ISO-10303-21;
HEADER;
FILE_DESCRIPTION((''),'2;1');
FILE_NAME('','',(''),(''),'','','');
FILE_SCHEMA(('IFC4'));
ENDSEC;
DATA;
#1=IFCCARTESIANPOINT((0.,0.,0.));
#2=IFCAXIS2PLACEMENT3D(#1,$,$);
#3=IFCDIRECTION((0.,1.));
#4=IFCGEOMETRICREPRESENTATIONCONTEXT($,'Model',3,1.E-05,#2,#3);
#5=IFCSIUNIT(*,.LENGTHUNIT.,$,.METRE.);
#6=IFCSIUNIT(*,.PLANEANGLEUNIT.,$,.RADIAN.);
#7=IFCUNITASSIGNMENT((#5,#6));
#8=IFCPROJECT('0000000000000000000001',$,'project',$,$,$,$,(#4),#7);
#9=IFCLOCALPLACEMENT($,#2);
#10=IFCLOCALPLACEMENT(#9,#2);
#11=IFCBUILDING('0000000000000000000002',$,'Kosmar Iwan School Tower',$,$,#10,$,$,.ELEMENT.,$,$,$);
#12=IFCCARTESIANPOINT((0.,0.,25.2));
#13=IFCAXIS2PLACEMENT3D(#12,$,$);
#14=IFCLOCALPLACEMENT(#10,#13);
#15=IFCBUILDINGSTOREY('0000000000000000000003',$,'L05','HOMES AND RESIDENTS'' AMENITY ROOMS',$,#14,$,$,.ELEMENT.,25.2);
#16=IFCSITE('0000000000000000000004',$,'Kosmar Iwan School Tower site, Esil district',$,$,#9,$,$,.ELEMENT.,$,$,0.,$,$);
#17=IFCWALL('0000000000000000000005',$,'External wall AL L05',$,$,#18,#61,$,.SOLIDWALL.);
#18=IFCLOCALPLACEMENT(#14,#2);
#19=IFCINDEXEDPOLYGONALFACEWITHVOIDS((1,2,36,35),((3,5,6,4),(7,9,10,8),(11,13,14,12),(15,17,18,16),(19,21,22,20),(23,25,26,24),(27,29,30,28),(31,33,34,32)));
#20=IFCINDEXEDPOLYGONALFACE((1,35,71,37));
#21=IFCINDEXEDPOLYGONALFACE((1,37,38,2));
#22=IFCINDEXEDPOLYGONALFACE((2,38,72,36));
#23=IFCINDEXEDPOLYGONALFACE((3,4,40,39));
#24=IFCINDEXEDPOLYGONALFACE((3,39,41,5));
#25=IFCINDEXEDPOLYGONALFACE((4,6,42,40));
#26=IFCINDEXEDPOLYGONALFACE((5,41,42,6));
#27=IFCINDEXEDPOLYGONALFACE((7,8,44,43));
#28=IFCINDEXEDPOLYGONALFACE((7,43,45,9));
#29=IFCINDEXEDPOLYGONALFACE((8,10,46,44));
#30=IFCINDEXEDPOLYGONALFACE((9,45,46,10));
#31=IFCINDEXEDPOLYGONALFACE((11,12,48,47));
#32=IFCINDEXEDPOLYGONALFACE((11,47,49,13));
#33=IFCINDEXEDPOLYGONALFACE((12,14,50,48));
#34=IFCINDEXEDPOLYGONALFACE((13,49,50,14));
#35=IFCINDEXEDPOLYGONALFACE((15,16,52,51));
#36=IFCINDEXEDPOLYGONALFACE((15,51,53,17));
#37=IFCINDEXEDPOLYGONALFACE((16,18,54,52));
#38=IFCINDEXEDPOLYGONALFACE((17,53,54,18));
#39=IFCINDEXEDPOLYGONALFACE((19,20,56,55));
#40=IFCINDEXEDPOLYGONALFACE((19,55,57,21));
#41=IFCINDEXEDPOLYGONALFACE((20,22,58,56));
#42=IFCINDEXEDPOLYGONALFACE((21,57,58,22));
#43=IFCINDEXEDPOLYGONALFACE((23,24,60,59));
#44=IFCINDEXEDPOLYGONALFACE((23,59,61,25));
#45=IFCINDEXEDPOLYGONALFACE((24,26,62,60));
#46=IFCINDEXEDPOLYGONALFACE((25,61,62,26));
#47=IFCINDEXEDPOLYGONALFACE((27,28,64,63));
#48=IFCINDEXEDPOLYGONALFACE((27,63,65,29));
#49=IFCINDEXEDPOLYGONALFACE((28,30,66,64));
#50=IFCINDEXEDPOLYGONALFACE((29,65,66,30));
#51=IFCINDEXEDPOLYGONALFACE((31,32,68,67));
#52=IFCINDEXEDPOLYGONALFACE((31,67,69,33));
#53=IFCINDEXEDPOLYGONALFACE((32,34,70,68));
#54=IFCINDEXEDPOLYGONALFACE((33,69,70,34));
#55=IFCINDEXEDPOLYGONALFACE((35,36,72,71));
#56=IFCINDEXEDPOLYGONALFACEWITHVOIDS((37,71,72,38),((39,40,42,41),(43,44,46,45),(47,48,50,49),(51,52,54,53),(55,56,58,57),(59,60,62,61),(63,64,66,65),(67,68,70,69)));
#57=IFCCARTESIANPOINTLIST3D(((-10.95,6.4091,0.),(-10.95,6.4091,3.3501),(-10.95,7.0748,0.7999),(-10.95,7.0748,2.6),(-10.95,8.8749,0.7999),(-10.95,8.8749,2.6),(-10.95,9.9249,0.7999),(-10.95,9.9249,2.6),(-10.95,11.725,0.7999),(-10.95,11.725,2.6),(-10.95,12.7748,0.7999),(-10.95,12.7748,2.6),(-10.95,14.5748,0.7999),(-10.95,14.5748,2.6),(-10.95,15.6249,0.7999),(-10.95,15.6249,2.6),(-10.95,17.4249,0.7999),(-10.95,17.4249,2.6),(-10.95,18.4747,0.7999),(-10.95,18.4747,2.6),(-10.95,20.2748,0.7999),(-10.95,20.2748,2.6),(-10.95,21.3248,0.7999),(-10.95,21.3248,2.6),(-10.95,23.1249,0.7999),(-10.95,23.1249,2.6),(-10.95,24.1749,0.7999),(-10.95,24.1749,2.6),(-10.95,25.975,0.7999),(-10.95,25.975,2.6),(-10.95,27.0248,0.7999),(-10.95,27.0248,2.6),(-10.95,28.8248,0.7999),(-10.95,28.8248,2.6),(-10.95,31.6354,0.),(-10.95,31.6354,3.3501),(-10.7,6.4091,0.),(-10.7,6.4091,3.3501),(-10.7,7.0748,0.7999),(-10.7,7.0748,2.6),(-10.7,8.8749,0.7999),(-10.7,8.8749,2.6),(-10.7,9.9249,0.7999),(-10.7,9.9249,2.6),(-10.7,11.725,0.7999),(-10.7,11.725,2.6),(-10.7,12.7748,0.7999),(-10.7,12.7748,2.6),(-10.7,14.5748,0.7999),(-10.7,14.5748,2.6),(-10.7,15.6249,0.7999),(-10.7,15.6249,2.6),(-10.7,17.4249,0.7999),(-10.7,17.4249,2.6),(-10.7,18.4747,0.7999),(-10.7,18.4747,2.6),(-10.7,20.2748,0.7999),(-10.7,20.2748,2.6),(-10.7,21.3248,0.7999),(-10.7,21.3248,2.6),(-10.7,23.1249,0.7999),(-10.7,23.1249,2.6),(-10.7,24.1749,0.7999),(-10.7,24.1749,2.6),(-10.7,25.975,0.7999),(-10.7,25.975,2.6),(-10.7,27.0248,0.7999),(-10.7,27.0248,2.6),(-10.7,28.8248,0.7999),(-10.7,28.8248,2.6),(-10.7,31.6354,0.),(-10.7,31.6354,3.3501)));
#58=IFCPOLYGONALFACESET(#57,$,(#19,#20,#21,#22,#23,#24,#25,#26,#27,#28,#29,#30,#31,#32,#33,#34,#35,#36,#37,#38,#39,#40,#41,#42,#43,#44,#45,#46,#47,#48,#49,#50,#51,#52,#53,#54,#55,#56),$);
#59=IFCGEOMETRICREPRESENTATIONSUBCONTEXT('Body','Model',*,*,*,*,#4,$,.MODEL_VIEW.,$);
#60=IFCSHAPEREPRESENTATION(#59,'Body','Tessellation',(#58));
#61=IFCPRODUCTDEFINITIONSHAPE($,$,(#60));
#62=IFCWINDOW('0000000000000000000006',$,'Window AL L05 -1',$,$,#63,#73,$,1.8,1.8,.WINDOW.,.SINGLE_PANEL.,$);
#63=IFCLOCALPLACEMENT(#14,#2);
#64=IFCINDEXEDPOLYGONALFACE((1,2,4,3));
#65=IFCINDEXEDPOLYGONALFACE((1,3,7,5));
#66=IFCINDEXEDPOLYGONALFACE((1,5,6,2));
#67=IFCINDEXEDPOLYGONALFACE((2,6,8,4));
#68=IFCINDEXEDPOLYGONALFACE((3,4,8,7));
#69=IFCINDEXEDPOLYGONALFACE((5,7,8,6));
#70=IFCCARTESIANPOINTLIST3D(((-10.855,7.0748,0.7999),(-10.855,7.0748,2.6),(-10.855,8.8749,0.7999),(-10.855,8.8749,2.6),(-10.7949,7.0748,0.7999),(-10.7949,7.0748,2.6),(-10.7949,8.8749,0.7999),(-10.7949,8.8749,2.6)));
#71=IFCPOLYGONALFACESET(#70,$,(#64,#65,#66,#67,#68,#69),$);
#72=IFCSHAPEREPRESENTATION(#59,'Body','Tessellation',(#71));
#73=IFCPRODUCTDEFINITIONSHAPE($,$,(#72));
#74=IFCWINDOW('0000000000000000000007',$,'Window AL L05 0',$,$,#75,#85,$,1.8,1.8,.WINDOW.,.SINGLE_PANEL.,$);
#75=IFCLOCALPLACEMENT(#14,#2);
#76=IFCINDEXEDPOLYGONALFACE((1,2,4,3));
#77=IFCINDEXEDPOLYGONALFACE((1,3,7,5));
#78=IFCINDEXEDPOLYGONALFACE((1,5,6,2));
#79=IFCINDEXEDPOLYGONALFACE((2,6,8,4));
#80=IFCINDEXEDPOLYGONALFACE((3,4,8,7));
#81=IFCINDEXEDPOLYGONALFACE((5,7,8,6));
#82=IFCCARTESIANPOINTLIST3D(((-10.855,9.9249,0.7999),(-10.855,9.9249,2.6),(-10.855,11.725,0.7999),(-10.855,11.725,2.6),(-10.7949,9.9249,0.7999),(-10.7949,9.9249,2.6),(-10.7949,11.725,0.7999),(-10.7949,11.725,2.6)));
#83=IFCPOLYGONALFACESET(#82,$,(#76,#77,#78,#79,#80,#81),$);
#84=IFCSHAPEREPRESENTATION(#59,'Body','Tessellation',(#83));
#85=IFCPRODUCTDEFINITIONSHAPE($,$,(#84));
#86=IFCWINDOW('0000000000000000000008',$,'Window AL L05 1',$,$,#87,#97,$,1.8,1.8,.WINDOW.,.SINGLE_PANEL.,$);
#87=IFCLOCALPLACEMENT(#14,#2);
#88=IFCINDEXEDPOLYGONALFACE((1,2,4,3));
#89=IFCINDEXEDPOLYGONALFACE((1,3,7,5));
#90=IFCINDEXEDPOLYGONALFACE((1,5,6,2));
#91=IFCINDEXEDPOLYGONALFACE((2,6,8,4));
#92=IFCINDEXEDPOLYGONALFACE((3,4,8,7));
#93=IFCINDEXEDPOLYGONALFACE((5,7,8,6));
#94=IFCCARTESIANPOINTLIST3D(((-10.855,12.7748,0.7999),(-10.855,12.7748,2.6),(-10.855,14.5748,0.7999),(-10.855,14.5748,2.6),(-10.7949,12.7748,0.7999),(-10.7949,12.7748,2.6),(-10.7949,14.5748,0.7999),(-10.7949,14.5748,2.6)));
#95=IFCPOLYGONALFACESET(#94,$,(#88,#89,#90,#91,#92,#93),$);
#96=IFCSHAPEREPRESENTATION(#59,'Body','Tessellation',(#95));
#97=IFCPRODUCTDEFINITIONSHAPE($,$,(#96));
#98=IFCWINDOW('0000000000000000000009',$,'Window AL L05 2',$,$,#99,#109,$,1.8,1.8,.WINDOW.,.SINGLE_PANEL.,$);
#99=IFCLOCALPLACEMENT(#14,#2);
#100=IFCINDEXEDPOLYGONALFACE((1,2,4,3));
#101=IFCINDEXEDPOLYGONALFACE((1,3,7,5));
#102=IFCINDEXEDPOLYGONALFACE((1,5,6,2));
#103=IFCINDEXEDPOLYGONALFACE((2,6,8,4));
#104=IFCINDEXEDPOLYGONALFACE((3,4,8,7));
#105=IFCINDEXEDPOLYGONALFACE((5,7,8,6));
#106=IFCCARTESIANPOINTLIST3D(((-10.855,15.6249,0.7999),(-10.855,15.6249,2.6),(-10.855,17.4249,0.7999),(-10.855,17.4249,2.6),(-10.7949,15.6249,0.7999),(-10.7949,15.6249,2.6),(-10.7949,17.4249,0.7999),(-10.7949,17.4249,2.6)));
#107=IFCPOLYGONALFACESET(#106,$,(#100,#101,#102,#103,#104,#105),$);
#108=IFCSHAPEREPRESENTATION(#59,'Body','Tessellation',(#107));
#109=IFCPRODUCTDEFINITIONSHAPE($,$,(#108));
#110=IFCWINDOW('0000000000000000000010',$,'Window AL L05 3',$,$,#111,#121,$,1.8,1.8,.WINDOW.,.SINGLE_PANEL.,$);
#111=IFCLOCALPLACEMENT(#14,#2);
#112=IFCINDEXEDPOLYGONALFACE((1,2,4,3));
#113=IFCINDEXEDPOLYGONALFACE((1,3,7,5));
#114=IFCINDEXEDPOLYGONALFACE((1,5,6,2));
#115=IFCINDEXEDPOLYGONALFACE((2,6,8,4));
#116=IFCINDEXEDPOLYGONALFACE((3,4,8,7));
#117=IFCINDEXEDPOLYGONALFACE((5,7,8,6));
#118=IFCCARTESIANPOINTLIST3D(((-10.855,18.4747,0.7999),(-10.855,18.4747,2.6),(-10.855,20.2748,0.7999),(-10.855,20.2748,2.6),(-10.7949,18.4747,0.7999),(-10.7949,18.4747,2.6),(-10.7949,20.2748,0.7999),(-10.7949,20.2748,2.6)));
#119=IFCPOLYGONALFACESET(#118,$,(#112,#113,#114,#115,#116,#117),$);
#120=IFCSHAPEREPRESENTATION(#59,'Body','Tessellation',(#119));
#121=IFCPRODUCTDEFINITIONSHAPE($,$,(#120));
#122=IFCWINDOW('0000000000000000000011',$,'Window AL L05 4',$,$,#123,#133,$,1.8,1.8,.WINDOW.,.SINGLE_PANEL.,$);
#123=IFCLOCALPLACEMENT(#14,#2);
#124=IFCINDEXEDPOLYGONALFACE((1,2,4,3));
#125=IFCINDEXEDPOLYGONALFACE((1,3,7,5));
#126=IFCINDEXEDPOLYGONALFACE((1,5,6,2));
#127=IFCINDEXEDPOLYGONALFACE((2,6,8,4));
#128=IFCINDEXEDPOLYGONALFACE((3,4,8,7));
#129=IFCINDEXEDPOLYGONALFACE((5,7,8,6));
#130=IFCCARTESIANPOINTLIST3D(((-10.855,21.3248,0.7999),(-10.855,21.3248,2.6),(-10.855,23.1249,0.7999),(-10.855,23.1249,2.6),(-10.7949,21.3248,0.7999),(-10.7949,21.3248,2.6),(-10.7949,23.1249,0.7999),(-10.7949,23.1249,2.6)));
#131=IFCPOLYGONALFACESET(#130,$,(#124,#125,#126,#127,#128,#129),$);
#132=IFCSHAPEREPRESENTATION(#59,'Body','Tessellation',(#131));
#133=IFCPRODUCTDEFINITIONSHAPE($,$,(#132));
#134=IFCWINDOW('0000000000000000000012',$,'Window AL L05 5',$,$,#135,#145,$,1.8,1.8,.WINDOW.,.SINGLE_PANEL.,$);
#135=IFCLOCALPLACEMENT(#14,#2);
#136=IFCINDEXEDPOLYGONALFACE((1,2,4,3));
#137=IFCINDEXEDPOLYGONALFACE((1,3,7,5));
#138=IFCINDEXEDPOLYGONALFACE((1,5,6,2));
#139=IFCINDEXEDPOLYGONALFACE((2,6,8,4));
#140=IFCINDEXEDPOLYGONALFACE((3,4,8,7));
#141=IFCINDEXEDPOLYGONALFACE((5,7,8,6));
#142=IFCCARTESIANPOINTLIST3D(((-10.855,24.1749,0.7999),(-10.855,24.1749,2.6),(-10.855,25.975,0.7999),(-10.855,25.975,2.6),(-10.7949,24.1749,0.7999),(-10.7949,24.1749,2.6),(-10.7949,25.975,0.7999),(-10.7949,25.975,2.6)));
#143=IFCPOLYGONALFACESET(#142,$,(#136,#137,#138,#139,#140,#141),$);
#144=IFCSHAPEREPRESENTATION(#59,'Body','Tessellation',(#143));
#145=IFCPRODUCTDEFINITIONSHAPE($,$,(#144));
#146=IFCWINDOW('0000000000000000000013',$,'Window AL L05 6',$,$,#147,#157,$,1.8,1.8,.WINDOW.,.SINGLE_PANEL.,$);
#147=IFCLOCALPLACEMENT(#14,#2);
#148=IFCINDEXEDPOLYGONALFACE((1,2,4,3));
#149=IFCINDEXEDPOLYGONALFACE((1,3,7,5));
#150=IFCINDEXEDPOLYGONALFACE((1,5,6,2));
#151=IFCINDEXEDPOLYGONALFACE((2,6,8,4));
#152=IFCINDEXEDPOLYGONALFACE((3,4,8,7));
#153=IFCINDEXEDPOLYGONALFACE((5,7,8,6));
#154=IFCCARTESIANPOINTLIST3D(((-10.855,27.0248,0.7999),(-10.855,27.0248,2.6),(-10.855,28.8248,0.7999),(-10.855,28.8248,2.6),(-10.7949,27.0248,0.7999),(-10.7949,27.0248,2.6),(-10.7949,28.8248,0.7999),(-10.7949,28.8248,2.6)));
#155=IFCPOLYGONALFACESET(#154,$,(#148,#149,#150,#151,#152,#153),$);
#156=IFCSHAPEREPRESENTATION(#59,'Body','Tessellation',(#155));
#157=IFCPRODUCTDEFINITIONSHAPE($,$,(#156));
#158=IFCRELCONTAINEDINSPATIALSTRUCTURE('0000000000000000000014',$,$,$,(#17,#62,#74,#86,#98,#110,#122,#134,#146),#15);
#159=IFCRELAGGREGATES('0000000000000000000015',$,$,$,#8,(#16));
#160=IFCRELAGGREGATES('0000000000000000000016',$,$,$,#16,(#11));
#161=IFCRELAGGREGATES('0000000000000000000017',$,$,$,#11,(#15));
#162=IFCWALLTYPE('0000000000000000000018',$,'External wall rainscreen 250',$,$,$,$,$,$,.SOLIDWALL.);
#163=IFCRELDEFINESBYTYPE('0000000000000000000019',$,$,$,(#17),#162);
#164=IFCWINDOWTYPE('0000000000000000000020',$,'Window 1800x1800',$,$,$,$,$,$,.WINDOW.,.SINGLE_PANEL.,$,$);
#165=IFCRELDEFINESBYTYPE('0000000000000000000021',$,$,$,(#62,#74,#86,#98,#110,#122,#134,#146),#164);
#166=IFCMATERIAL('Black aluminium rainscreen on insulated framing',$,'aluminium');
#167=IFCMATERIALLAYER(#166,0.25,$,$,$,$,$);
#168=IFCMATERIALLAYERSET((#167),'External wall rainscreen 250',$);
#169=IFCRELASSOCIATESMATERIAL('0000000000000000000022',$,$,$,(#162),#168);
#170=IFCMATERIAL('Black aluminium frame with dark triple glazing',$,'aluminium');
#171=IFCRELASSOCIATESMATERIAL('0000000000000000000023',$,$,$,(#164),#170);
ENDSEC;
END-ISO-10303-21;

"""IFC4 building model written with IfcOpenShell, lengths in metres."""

from ifc_helpers import new_model, si_unit, direction, frame, frame_2d, origin, place, context, subcontext, project, spatial, rectangle, extrude, material, layer, layer_set, type_object, element, fill, save


model = new_model("IFC4")

# Units and contexts
model_context = context("Model", 3, precision=1e-05, world=origin(), true_north=direction((0.0, 1.0)))
body_context = subcontext(model_context, "Body", "Model", "MODEL_VIEW")
ifc_project = project(units=[si_unit("LENGTHUNIT", "METRE"), si_unit("PLANEANGLEUNIT", "RADIAN")], contexts=[model_context])

# Site, building, storey
site_placement = place(None, origin())
site = spatial("IfcSite", under=ifc_project, at=site_placement, Name="Kosmar Iwan School Tower site, Esil district", CompositionType="ELEMENT", RefElevation=0.0)
building_placement = place(site_placement, origin())
building = spatial("IfcBuilding", under=site, at=building_placement, Name="Kosmar Iwan School Tower", CompositionType="ELEMENT")
storey_placement = place(building_placement, frame((0.0, 0.0, 25.2)))
storey = spatial("IfcBuildingStorey", under=building, at=storey_placement, Name="L05", Description="HOMES AND RESIDENTS' AMENITY ROOMS", CompositionType="ELEMENT", Elevation=25.2)

# Wall, openings, windows
ifc_material_1 = material(Name="Black aluminium rainscreen on insulated framing", Category="aluminium")
ifc_layer = layer(ifc_material_1, 0.25)
ifc_layer_set = layer_set([ifc_layer], Name="External wall rainscreen 250")
wall_type = type_object("IfcWallType", Name="External wall rainscreen 250", PredefinedType="SOLIDWALL", material=ifc_layer_set)
wall_1_placement = place(storey_placement, frame((-10.825, 6.4089, 0.0), z_axis=(0.0, 0.0, 1.0), x_axis=(0.0, 1.0, 0.0)))
wall_1 = element("IfcWall", 1, at=wall_1_placement, inside=storey, type_object=wall_type, Name="External wall AL L05", PredefinedType="SOLIDWALL", context=body_context, shape_type="SweptSolid", body=[
    extrude(rectangle(XDim=25.2263, YDim=0.25, at=frame_2d((12.6133, 0.0))), origin(), (0.0, 0.0, 1.0), 3.3501),
])
opening_1_placement = place(wall_1_placement, frame((0.666, 0.0, 0.8)))
opening_1 = element("IfcOpeningElement", 2, at=opening_1_placement, cuts=wall_1, PredefinedType="OPENING", context=body_context, shape_type="SweptSolid", body=[
    extrude(rectangle(XDim=1.8, YDim=1.8, at=frame_2d((0.8999, 0.8999))), frame((0.0, 0.137, 0.0), z_axis=(0.0, -1.0, 0.0), x_axis=(1.0, 0.0, 0.0)), (0.0, 0.0, 1.0), 0.2739),
])
opening_2_placement = place(wall_1_placement, frame((3.5161, 0.0, 0.8)))
opening_2 = element("IfcOpeningElement", 3, at=opening_2_placement, cuts=wall_1, PredefinedType="OPENING", context=body_context, shape_type="SweptSolid", body=[
    extrude(rectangle(XDim=1.8, YDim=1.8, at=frame_2d((0.8999, 0.8999))), frame((0.0, 0.137, 0.0), z_axis=(0.0, -1.0, 0.0), x_axis=(1.0, 0.0, 0.0)), (0.0, 0.0, 1.0), 0.2739),
])
opening_3_placement = place(wall_1_placement, frame((6.366, 0.0, 0.8)))
opening_3 = element("IfcOpeningElement", 4, at=opening_3_placement, cuts=wall_1, PredefinedType="OPENING", context=body_context, shape_type="SweptSolid", body=[
    extrude(rectangle(XDim=1.8, YDim=1.8, at=frame_2d((0.8999, 0.8999))), frame((0.0, 0.137, 0.0), z_axis=(0.0, -1.0, 0.0), x_axis=(1.0, 0.0, 0.0)), (0.0, 0.0, 1.0), 0.2739),
])
opening_4_placement = place(wall_1_placement, frame((9.2161, 0.0, 0.8)))
opening_4 = element("IfcOpeningElement", 5, at=opening_4_placement, cuts=wall_1, PredefinedType="OPENING", context=body_context, shape_type="SweptSolid", body=[
    extrude(rectangle(XDim=1.8, YDim=1.8, at=frame_2d((0.8999, 0.8999))), frame((0.0, 0.137, 0.0), z_axis=(0.0, -1.0, 0.0), x_axis=(1.0, 0.0, 0.0)), (0.0, 0.0, 1.0), 0.2739),
])
opening_5_placement = place(wall_1_placement, frame((12.0659, 0.0, 0.8)))
opening_5 = element("IfcOpeningElement", 6, at=opening_5_placement, cuts=wall_1, PredefinedType="OPENING", context=body_context, shape_type="SweptSolid", body=[
    extrude(rectangle(XDim=1.8, YDim=1.8, at=frame_2d((0.8999, 0.8999))), frame((0.0, 0.137, 0.0), z_axis=(0.0, -1.0, 0.0), x_axis=(1.0, 0.0, 0.0)), (0.0, 0.0, 1.0), 0.2739),
])
opening_6_placement = place(wall_1_placement, frame((14.916, 0.0, 0.8)))
opening_6 = element("IfcOpeningElement", 7, at=opening_6_placement, cuts=wall_1, PredefinedType="OPENING", context=body_context, shape_type="SweptSolid", body=[
    extrude(rectangle(XDim=1.8, YDim=1.8, at=frame_2d((0.8999, 0.8999))), frame((0.0, 0.137, 0.0), z_axis=(0.0, -1.0, 0.0), x_axis=(1.0, 0.0, 0.0)), (0.0, 0.0, 1.0), 0.2739),
])
opening_7_placement = place(wall_1_placement, frame((17.7661, 0.0, 0.8)))
opening_7 = element("IfcOpeningElement", 8, at=opening_7_placement, cuts=wall_1, PredefinedType="OPENING", context=body_context, shape_type="SweptSolid", body=[
    extrude(rectangle(XDim=1.8, YDim=1.8, at=frame_2d((0.8999, 0.8999))), frame((0.0, 0.137, 0.0), z_axis=(0.0, -1.0, 0.0), x_axis=(1.0, 0.0, 0.0)), (0.0, 0.0, 1.0), 0.2739),
])
opening_8_placement = place(wall_1_placement, frame((20.616, 0.0, 0.8)))
opening_8 = element("IfcOpeningElement", 9, at=opening_8_placement, cuts=wall_1, PredefinedType="OPENING", context=body_context, shape_type="SweptSolid", body=[
    extrude(rectangle(XDim=1.8, YDim=1.8, at=frame_2d((0.8999, 0.8999))), frame((0.0, 0.137, 0.0), z_axis=(0.0, -1.0, 0.0), x_axis=(1.0, 0.0, 0.0)), (0.0, 0.0, 1.0), 0.2739),
])
ifc_material_2 = material(Name="Black aluminium frame with dark triple glazing", Category="aluminium")
window_type = type_object("IfcWindowType", Name="Window 1800x1800", PartitioningType="SINGLE_PANEL", PredefinedType="WINDOW", material=ifc_material_2)
window_1_placement = place(opening_1_placement, origin())
window_1 = element("IfcWindow", 10, at=window_1_placement, inside=storey, type_object=window_type, Name="Window AL L05 -1", OverallHeight=1.8, OverallWidth=1.8, PartitioningType="SINGLE_PANEL", PredefinedType="WINDOW", context=body_context, shape_type="SweptSolid", body=[
    extrude(rectangle(XDim=1.8, YDim=1.8, at=frame_2d((0.8999, 0.8999))), frame((0.0, 0.03, 0.0), z_axis=(0.0, -1.0, 0.0), x_axis=(1.0, 0.0, 0.0)), (0.0, 0.0, 1.0), 0.0601),
])
fill(opening_1, window_1)
window_2_placement = place(opening_2_placement, origin())
window_2 = element("IfcWindow", 11, at=window_2_placement, inside=storey, type_object=window_type, Name="Window AL L05 0", OverallHeight=1.8, OverallWidth=1.8, PartitioningType="SINGLE_PANEL", PredefinedType="WINDOW", context=body_context, shape_type="SweptSolid", body=[
    extrude(rectangle(XDim=1.8, YDim=1.8, at=frame_2d((0.8999, 0.8999))), frame((0.0, 0.03, 0.0), z_axis=(0.0, -1.0, 0.0), x_axis=(1.0, 0.0, 0.0)), (0.0, 0.0, 1.0), 0.0601),
])
fill(opening_2, window_2)
window_3_placement = place(opening_3_placement, origin())
window_3 = element("IfcWindow", 12, at=window_3_placement, inside=storey, type_object=window_type, Name="Window AL L05 1", OverallHeight=1.8, OverallWidth=1.8, PartitioningType="SINGLE_PANEL", PredefinedType="WINDOW", context=body_context, shape_type="SweptSolid", body=[
    extrude(rectangle(XDim=1.8, YDim=1.8, at=frame_2d((0.8999, 0.8999))), frame((0.0, 0.03, 0.0), z_axis=(0.0, -1.0, 0.0), x_axis=(1.0, 0.0, 0.0)), (0.0, 0.0, 1.0), 0.0601),
])
fill(opening_3, window_3)
window_4_placement = place(opening_4_placement, origin())
window_4 = element("IfcWindow", 13, at=window_4_placement, inside=storey, type_object=window_type, Name="Window AL L05 2", OverallHeight=1.8, OverallWidth=1.8, PartitioningType="SINGLE_PANEL", PredefinedType="WINDOW", context=body_context, shape_type="SweptSolid", body=[
    extrude(rectangle(XDim=1.8, YDim=1.8, at=frame_2d((0.8999, 0.8999))), frame((0.0, 0.03, 0.0), z_axis=(0.0, -1.0, 0.0), x_axis=(1.0, 0.0, 0.0)), (0.0, 0.0, 1.0), 0.0601),
])
fill(opening_4, window_4)
window_5_placement = place(opening_5_placement, origin())
window_5 = element("IfcWindow", 14, at=window_5_placement, inside=storey, type_object=window_type, Name="Window AL L05 3", OverallHeight=1.8, OverallWidth=1.8, PartitioningType="SINGLE_PANEL", PredefinedType="WINDOW", context=body_context, shape_type="SweptSolid", body=[
    extrude(rectangle(XDim=1.8, YDim=1.8, at=frame_2d((0.8999, 0.8999))), frame((0.0, 0.03, 0.0), z_axis=(0.0, -1.0, 0.0), x_axis=(1.0, 0.0, 0.0)), (0.0, 0.0, 1.0), 0.0601),
])
fill(opening_5, window_5)
window_6_placement = place(opening_6_placement, origin())
window_6 = element("IfcWindow", 15, at=window_6_placement, inside=storey, type_object=window_type, Name="Window AL L05 4", OverallHeight=1.8, OverallWidth=1.8, PartitioningType="SINGLE_PANEL", PredefinedType="WINDOW", context=body_context, shape_type="SweptSolid", body=[
    extrude(rectangle(XDim=1.8, YDim=1.8, at=frame_2d((0.8999, 0.8999))), frame((0.0, 0.03, 0.0), z_axis=(0.0, -1.0, 0.0), x_axis=(1.0, 0.0, 0.0)), (0.0, 0.0, 1.0), 0.0601),
])
fill(opening_6, window_6)
window_7_placement = place(opening_7_placement, origin())
window_7 = element("IfcWindow", 16, at=window_7_placement, inside=storey, type_object=window_type, Name="Window AL L05 5", OverallHeight=1.8, OverallWidth=1.8, PartitioningType="SINGLE_PANEL", PredefinedType="WINDOW", context=body_context, shape_type="SweptSolid", body=[
    extrude(rectangle(XDim=1.8, YDim=1.8, at=frame_2d((0.8999, 0.8999))), frame((0.0, 0.03, 0.0), z_axis=(0.0, -1.0, 0.0), x_axis=(1.0, 0.0, 0.0)), (0.0, 0.0, 1.0), 0.0601),
])
fill(opening_7, window_7)
window_8_placement = place(opening_8_placement, origin())
window_8 = element("IfcWindow", 17, at=window_8_placement, inside=storey, type_object=window_type, Name="Window AL L05 6", OverallHeight=1.8, OverallWidth=1.8, PartitioningType="SINGLE_PANEL", PredefinedType="WINDOW", context=body_context, shape_type="SweptSolid", body=[
    extrude(rectangle(XDim=1.8, YDim=1.8, at=frame_2d((0.8999, 0.8999))), frame((0.0, 0.03, 0.0), z_axis=(0.0, -1.0, 0.0), x_axis=(1.0, 0.0, 0.0)), (0.0, 0.0, 1.0), 0.0601),
])
fill(opening_8, window_8)

save(model, "model.ifc")
